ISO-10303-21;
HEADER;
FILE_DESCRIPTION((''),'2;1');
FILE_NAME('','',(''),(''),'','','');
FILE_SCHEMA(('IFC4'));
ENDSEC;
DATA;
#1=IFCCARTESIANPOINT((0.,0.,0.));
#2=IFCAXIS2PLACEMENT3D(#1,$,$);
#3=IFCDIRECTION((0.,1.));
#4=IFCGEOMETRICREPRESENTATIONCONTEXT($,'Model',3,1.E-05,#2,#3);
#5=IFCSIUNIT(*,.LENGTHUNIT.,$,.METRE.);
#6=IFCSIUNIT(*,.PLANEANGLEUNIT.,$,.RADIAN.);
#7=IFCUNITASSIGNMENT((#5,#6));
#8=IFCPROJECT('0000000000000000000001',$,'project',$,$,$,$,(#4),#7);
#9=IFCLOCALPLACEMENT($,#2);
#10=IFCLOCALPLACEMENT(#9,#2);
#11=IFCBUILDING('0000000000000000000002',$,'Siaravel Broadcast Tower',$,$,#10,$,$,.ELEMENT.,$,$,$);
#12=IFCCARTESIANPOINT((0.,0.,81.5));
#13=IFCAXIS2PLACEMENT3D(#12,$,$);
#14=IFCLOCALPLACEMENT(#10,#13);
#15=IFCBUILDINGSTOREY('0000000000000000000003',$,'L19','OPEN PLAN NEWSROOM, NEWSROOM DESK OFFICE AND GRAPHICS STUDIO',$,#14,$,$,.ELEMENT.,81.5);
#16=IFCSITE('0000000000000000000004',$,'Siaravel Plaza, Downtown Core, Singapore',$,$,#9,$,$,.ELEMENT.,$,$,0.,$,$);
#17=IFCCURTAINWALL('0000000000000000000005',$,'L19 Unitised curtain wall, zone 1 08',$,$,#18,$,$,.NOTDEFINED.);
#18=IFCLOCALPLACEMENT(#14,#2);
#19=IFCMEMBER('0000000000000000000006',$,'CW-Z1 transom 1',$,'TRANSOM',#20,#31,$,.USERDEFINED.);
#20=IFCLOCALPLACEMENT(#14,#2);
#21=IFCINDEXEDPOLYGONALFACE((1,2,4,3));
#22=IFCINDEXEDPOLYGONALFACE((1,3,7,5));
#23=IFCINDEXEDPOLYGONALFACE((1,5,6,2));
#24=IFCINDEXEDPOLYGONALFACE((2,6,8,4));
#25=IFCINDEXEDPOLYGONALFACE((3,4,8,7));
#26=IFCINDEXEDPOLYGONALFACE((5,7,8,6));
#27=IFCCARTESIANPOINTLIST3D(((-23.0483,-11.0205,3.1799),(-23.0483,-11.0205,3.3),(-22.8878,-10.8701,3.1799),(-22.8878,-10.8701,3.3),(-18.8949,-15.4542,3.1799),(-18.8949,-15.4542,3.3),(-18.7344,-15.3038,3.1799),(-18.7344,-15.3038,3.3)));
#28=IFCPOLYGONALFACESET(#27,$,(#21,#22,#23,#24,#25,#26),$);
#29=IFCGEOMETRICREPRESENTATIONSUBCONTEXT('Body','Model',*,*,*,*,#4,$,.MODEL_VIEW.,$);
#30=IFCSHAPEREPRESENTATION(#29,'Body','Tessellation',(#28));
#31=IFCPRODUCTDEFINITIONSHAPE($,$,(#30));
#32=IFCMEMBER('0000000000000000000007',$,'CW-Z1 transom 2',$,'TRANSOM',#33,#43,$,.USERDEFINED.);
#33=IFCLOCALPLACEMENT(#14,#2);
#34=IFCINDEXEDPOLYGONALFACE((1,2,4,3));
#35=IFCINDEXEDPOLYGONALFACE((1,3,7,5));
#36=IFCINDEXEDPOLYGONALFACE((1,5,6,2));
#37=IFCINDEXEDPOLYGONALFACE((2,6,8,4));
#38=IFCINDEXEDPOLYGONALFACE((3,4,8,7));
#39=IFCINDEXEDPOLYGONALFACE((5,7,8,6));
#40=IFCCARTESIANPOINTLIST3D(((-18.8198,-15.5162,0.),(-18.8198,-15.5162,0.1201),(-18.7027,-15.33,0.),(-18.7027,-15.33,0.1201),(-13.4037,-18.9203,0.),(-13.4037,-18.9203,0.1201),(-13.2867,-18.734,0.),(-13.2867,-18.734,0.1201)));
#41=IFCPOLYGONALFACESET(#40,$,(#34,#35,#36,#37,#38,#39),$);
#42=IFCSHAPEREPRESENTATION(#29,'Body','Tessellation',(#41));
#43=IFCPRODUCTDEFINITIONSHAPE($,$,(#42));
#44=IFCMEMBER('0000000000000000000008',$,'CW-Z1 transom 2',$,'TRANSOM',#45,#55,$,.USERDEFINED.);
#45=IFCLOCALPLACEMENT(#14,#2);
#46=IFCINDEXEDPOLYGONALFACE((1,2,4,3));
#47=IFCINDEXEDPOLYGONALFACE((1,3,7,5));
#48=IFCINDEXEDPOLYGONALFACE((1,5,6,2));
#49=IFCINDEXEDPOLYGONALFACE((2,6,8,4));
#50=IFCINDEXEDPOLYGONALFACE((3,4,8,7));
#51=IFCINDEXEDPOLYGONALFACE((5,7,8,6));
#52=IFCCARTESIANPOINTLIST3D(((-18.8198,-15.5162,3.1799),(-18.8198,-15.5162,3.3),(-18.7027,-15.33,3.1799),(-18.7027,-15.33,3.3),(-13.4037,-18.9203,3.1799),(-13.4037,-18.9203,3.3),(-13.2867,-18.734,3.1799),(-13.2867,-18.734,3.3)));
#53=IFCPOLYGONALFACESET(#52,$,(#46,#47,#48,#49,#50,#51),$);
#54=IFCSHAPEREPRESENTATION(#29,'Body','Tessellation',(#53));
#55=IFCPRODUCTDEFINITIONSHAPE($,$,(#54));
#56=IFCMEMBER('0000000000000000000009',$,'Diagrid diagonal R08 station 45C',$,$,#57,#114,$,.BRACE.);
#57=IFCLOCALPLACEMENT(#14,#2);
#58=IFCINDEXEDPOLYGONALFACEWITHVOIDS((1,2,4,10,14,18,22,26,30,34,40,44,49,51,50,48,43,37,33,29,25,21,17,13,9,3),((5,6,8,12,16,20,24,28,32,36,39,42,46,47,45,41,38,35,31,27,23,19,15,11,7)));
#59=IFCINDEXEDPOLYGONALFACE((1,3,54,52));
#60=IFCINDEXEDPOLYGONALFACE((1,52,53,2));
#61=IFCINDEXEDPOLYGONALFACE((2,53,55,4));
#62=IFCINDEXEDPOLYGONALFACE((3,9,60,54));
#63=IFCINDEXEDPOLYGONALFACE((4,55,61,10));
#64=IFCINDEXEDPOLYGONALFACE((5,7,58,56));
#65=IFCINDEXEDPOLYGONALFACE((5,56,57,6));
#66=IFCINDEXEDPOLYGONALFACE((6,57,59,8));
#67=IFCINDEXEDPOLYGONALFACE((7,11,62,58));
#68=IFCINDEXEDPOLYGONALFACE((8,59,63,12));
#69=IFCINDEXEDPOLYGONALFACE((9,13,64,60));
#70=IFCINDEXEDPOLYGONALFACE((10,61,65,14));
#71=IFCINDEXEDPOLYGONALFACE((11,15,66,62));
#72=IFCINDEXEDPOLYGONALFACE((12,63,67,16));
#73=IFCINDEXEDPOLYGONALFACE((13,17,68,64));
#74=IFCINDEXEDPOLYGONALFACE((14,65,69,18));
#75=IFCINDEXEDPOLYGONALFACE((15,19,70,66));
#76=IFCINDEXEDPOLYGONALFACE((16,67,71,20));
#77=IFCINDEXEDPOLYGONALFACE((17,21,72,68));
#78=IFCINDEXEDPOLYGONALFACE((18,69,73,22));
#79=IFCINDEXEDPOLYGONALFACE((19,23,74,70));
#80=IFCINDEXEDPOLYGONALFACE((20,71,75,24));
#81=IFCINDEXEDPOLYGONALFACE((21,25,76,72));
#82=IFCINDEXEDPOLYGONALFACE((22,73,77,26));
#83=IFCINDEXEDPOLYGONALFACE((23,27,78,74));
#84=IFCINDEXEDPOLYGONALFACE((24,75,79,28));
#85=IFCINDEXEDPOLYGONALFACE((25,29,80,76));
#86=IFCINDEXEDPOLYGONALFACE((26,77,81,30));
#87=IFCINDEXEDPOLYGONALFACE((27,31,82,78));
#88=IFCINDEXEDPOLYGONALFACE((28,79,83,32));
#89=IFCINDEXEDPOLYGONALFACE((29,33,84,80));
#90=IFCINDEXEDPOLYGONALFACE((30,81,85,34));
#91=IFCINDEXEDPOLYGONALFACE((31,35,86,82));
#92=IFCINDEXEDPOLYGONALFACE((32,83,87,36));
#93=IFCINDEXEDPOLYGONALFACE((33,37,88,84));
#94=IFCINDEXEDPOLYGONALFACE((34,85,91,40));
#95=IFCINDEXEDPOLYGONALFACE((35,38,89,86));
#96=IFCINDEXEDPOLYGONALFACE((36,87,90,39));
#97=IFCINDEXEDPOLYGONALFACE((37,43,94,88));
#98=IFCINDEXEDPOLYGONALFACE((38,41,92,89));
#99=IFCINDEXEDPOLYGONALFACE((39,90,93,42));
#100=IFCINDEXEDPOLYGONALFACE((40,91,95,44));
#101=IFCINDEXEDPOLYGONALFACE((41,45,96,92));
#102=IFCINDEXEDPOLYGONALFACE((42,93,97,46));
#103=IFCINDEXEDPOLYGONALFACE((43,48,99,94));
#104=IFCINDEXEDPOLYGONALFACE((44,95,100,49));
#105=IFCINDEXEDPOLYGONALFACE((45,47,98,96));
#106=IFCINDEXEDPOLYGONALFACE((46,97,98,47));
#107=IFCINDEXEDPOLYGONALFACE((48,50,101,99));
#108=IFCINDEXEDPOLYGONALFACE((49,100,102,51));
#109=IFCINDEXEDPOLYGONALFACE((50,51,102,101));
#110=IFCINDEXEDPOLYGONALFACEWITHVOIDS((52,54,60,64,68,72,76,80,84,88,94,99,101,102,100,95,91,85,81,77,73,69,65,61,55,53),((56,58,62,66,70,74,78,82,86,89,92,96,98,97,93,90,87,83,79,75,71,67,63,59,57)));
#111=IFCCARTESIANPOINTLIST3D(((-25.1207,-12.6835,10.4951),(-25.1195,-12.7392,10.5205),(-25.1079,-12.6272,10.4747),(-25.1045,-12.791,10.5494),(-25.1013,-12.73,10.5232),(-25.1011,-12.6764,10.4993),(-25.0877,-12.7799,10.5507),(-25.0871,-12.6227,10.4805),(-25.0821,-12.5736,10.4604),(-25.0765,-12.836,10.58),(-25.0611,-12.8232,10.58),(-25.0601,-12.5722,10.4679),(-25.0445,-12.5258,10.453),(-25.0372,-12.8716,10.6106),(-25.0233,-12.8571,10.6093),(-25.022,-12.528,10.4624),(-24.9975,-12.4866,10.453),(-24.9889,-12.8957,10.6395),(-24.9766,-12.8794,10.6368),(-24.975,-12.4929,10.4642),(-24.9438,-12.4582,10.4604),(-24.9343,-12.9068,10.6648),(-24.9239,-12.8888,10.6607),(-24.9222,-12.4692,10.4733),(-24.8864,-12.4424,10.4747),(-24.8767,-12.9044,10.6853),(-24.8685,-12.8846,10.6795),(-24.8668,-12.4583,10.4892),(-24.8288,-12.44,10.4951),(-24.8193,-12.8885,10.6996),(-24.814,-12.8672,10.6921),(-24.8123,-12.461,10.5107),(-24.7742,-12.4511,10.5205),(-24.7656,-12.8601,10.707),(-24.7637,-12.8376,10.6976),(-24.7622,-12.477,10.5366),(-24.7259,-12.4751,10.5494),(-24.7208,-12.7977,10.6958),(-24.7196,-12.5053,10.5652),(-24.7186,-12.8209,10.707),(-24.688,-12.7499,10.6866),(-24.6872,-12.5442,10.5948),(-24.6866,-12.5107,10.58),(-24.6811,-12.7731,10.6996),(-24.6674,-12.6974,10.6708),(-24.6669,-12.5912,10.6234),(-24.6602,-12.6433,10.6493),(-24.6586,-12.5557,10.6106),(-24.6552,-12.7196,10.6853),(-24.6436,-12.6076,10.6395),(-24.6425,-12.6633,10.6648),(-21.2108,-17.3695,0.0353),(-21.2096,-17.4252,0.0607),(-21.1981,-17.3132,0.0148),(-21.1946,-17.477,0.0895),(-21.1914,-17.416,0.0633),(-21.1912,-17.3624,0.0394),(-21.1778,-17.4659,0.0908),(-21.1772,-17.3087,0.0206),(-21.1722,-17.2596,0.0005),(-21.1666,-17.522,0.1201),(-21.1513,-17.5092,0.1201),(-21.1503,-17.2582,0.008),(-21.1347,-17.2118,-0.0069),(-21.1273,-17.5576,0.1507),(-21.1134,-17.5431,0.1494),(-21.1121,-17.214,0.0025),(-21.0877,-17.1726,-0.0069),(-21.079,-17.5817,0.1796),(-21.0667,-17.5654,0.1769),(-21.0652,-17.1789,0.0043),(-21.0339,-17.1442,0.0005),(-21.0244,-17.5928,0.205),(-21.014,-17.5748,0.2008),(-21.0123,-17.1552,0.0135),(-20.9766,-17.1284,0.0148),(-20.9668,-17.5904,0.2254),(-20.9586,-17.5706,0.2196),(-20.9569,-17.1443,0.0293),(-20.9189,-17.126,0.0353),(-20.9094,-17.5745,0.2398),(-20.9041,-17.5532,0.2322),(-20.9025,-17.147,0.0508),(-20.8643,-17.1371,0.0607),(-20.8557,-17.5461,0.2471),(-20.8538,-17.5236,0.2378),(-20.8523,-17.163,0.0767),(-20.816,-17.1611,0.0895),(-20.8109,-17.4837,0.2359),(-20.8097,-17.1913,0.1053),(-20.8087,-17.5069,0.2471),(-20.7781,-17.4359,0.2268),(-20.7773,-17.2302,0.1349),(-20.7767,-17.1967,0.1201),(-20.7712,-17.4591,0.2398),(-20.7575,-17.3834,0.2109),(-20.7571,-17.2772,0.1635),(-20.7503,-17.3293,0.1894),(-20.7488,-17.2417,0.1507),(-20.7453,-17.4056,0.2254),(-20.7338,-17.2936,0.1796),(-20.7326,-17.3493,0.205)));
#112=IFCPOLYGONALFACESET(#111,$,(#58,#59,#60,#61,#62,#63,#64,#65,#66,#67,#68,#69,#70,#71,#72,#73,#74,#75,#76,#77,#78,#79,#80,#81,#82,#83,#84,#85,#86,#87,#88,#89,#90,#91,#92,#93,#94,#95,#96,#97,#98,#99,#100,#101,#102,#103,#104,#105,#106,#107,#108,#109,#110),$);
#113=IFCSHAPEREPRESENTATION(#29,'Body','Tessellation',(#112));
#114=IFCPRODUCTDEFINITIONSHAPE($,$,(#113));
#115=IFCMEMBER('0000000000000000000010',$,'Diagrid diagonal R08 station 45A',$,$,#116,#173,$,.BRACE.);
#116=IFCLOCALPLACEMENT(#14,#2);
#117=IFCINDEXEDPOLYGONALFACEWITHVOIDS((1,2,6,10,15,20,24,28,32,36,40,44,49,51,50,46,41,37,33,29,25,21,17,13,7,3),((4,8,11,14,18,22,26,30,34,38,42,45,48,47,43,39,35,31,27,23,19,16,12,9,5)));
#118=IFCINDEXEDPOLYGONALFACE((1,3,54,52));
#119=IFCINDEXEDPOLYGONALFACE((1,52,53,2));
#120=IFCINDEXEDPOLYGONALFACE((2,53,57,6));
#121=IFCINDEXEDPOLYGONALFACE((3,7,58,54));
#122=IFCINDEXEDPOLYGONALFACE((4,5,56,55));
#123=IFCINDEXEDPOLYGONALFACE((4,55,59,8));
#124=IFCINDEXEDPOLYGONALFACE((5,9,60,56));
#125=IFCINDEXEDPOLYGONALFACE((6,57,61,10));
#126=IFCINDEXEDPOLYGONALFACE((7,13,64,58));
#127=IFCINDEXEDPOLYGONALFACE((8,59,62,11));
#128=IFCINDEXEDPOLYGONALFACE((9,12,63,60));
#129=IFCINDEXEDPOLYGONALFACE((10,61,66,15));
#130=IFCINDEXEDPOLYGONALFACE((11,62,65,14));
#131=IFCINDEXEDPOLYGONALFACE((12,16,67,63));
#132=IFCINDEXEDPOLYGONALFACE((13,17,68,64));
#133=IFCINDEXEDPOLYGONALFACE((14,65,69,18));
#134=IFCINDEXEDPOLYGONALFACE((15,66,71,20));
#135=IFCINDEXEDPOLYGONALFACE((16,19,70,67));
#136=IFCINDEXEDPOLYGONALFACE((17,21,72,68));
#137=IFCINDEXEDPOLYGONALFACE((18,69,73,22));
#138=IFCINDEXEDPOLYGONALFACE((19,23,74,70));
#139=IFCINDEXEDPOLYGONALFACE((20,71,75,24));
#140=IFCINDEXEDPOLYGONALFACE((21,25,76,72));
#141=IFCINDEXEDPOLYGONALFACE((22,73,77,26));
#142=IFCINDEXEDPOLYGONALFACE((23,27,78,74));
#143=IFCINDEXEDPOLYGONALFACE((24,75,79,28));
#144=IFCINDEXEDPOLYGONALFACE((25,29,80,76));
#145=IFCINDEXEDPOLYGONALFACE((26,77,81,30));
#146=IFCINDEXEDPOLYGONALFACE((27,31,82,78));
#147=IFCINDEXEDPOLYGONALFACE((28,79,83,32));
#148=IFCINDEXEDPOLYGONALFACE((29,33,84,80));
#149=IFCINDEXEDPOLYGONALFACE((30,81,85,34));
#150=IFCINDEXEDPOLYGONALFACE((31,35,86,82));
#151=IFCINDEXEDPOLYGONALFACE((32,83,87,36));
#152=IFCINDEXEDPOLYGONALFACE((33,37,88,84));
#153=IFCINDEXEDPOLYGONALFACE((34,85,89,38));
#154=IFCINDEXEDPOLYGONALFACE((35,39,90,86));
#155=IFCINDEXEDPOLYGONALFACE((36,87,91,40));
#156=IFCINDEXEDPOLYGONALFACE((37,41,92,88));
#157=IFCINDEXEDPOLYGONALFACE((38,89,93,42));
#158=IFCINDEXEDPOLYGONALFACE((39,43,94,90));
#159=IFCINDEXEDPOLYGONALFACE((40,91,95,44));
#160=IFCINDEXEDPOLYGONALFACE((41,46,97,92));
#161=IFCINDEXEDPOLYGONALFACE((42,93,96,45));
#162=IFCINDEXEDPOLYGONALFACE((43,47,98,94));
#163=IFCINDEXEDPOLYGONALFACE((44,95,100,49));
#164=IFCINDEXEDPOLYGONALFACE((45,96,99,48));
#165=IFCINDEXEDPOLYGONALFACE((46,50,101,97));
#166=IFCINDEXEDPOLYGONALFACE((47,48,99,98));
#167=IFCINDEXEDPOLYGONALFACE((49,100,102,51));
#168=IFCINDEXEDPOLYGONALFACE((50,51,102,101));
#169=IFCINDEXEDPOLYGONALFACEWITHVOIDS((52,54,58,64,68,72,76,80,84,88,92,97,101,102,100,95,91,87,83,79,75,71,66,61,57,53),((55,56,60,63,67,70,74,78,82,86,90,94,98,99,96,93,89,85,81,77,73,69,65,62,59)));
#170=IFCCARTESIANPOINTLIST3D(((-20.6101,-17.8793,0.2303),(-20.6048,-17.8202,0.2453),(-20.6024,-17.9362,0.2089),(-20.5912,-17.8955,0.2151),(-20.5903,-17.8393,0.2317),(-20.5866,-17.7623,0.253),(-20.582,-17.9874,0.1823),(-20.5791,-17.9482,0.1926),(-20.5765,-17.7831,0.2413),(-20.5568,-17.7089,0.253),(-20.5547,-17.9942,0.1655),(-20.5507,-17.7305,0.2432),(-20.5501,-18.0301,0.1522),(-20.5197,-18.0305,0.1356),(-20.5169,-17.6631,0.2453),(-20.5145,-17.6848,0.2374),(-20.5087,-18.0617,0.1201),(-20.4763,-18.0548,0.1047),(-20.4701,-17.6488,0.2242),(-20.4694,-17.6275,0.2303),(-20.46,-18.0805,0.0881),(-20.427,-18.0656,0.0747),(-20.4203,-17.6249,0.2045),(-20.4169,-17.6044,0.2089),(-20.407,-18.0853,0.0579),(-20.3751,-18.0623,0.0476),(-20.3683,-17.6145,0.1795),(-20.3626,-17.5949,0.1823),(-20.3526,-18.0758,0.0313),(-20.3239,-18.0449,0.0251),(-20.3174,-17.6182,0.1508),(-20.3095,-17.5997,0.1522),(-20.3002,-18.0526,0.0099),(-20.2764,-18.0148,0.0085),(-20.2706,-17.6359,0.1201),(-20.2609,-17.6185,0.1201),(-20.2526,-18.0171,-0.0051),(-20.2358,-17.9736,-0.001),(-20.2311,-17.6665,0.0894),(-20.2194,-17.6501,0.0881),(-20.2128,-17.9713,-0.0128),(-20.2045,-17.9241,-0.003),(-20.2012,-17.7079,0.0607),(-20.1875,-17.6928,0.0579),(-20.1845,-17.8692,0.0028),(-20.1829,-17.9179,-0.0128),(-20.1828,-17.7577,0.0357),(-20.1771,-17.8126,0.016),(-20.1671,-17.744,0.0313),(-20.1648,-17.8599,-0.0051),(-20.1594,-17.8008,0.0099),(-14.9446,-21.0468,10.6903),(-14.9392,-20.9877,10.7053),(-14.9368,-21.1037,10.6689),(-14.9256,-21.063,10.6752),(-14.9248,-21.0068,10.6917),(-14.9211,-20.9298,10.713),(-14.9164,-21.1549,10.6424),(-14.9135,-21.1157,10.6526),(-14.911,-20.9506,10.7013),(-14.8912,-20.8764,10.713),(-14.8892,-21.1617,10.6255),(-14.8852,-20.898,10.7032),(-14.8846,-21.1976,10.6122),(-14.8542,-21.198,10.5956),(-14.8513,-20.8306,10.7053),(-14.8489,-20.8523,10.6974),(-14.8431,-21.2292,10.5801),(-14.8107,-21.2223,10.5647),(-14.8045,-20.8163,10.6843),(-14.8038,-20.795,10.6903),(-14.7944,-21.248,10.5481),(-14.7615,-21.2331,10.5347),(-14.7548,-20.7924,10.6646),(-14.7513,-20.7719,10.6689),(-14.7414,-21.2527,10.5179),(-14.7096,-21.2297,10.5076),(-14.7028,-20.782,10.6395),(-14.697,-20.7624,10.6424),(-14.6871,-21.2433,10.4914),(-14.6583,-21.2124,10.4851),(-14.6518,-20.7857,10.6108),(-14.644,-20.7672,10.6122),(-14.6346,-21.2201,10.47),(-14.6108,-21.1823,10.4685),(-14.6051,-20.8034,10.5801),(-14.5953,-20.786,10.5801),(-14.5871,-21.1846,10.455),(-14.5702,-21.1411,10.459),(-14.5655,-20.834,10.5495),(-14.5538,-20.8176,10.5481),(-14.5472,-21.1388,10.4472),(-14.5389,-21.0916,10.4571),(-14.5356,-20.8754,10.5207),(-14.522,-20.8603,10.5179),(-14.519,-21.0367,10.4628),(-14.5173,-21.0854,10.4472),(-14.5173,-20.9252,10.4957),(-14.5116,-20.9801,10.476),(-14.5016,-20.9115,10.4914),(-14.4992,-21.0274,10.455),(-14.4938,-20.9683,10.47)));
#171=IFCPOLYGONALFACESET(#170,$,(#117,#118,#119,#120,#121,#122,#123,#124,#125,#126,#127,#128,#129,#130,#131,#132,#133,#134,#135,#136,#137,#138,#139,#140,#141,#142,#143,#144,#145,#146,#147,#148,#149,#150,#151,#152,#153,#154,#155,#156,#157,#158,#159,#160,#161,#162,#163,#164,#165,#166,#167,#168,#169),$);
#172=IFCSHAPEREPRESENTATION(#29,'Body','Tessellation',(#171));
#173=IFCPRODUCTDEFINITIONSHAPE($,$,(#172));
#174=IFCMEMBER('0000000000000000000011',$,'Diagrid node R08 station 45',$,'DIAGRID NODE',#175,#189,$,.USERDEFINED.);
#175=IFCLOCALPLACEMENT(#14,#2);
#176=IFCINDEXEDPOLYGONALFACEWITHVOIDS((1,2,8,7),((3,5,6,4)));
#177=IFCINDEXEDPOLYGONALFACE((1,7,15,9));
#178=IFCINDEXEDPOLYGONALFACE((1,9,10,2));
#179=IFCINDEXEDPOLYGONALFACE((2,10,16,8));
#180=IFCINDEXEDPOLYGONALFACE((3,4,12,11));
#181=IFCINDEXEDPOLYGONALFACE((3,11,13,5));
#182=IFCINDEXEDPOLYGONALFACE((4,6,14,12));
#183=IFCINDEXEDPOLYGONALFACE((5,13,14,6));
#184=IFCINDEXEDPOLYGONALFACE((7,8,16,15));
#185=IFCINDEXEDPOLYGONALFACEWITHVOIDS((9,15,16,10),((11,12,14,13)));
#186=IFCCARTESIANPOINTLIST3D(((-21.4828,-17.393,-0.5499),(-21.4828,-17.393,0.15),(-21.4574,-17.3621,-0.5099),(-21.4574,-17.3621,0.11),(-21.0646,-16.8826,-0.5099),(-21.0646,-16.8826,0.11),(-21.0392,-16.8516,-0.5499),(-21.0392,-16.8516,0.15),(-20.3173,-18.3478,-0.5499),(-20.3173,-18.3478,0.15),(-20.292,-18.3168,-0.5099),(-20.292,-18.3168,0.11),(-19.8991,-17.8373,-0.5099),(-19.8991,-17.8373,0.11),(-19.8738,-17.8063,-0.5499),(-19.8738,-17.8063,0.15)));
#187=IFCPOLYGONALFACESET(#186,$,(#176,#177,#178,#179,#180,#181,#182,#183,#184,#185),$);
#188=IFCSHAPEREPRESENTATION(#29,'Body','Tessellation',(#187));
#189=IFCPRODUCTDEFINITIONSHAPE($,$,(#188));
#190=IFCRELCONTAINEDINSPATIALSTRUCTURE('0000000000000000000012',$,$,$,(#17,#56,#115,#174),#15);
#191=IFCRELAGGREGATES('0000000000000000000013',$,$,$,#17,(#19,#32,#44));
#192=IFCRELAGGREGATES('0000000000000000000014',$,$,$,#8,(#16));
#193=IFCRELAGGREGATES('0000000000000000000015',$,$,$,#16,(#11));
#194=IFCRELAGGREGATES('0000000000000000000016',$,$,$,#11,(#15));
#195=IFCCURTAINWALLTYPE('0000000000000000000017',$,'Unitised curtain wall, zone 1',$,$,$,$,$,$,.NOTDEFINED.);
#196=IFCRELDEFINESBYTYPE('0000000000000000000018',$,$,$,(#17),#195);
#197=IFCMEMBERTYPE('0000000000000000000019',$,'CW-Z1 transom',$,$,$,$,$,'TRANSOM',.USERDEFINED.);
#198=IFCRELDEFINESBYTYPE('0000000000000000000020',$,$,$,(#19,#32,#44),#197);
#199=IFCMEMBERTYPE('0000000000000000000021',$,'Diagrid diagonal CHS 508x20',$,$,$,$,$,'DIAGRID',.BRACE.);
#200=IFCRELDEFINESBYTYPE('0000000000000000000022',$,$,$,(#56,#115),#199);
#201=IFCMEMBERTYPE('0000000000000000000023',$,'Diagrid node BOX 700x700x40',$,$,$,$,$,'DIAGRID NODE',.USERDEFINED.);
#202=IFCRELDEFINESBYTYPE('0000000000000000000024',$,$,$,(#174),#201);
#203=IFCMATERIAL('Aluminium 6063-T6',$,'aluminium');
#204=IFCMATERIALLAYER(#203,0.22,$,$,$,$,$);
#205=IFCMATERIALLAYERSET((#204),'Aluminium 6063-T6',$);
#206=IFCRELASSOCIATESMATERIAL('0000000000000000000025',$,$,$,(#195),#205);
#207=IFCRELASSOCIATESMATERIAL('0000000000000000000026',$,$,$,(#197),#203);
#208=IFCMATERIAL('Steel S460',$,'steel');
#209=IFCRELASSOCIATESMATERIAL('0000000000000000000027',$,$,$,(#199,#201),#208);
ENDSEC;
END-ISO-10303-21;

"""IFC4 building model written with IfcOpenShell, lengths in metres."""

from ifc_helpers import new_model, si_unit, direction, frame, origin, origin_2d, place, context, subcontext, project, spatial, rectangle, hollow_rectangle, hollow_circle, extrude, material, layer, layer_set, material_profile, profile_set, type_object, element, aggregate, save


model = new_model("IFC4")

# Units and contexts
model_context = context("Model", 3, precision=1e-05, world=origin(), true_north=direction((0.0, 1.0)))
body_context = subcontext(model_context, "Body", "Model", "MODEL_VIEW")
ifc_project = project(units=[si_unit("LENGTHUNIT", "METRE"), si_unit("PLANEANGLEUNIT", "RADIAN")], contexts=[model_context])

# Site, building, storey
site_placement = place(None, origin())
site = spatial("IfcSite", under=ifc_project, at=site_placement, Name="Siaravel Plaza, Downtown Core, Singapore", CompositionType="ELEMENT", RefElevation=0.0)
building_placement = place(site_placement, origin())
building = spatial("IfcBuilding", under=site, at=building_placement, Name="Siaravel Broadcast Tower", CompositionType="ELEMENT")
storey_placement = place(building_placement, frame((0.0, 0.0, 81.5)))
storey = spatial("IfcBuildingStorey", under=building, at=storey_placement, Name="L19", Description="OPEN PLAN NEWSROOM, NEWSROOM DESK OFFICE AND GRAPHICS STUDIO", CompositionType="ELEMENT", Elevation=81.5)

# Curtain wall, members
ifc_material_1 = material(Name="Aluminium 6063-T6", Category="aluminium")
ifc_layer_1 = layer(ifc_material_1, 0.22)
ifc_layer_set_1 = layer_set([ifc_layer_1], Name="Aluminium 6063-T6")
curtain_wall_type = type_object("IfcCurtainWallType", Name="Unitised curtain wall, zone 1", PredefinedType="NOTDEFINED", material=ifc_layer_set_1)
curtain_wall_placement = place(storey_placement, origin())
curtain_wall = element("IfcCurtainWall", 1, at=curtain_wall_placement, inside=storey, type_object=curtain_wall_type, Name="L19 Unitised curtain wall, zone 1 08", PredefinedType="NOTDEFINED")
ifc_material_profile_1 = material_profile(ifc_material_1, rectangle(XDim=0.22, YDim=0.1201, at=origin_2d()))
ifc_profile_set_1 = profile_set([ifc_material_profile_1], Name="Aluminium 6063-T6")
member_type_1 = type_object("IfcMemberType", Name="CW-Z1 transom", ElementType="TRANSOM", PredefinedType="USERDEFINED", material=ifc_profile_set_1)
member_1_placement = place(storey_placement, frame((-22.968, -10.9453, 3.24), z_axis=(0.683663, -0.729798, 0.0), x_axis=(0.729798, 0.683663, 0.0)))
member_1 = element("IfcMember", 2, at=member_1_placement, type_object=member_type_1, Name="CW-Z1 transom 1", ObjectType="TRANSOM", PredefinedType="USERDEFINED", context=body_context, shape_type="SweptSolid", body=[
    extrude(rectangle(XDim=0.22, YDim=0.1201, at=origin_2d()), origin(), (0.0, 0.0, 1.0), 6.0752),
])
member_2_placement = place(storey_placement, frame((-18.7612, -15.4231, 0.0601), z_axis=(0.846658, -0.532138, 0.0), x_axis=(0.532138, 0.846658, 0.0)))
member_2 = element("IfcMember", 3, at=member_2_placement, type_object=member_type_1, Name="CW-Z1 transom 2", ObjectType="TRANSOM", PredefinedType="USERDEFINED", context=body_context, shape_type="SweptSolid", body=[
    extrude(rectangle(XDim=0.22, YDim=0.1201, at=origin_2d()), origin(), (0.0, 0.0, 1.0), 6.397),
])
member_3_placement = place(storey_placement, frame((-18.7612, -15.4231, 3.24), z_axis=(0.846658, -0.532138, 0.0), x_axis=(0.532138, 0.846658, 0.0)))
member_3 = element("IfcMember", 4, at=member_3_placement, type_object=member_type_1, Name="CW-Z1 transom 2", ObjectType="TRANSOM", PredefinedType="USERDEFINED", context=body_context, shape_type="SweptSolid", body=[
    extrude(rectangle(XDim=0.22, YDim=0.1201, at=origin_2d()), origin(), (0.0, 0.0, 1.0), 6.397),
])

# Members
ifc_material_2 = material(Name="Steel S460", Category="steel")
ifc_material_profile_2 = material_profile(ifc_material_2, hollow_circle(Radius=0.2539, WallThickness=0.02, at=origin_2d()))
ifc_profile_set_2 = profile_set([ifc_material_profile_2], Name="Steel S460")
member_type_2 = type_object("IfcMemberType", Name="Diagrid diagonal CHS 508x20", ElementType="DIAGRID", PredefinedType="BRACE", material=ifc_profile_set_2)
member_4_placement = place(storey_placement, frame((-20.9717, -17.3594, 0.1201), z_axis=(-0.322861, 0.386949, 0.863731), x_axis=(-0.767828, -0.640656, 0.0)))
element("IfcMember", 5, at=member_4_placement, inside=storey, type_object=member_type_2, Name="Diagrid diagonal R08 station 45C", PredefinedType="BRACE", context=body_context, shape_type="SweptSolid", body=[
    extrude(hollow_circle(Radius=0.2539, WallThickness=0.02, at=origin_2d()), origin(), (0.0, 0.0, 1.0), 12.1101),
])
member_5_placement = place(storey_placement, frame((-20.3848, -17.8401, 0.1201), z_axis=(0.460229, -0.257305, 0.849696), x_axis=(0.487992, 0.872848, 0.0)))
element("IfcMember", 6, at=member_5_placement, inside=storey, type_object=member_type_2, Name="Diagrid diagonal R08 station 45A", PredefinedType="BRACE", context=body_context, shape_type="SweptSolid", body=[
    extrude(hollow_circle(Radius=0.2539, WallThickness=0.02, at=origin_2d()), origin(), (0.0, 0.0, 1.0), 12.3103),
])
ifc_material_profile_3 = material_profile(ifc_material_2, hollow_rectangle(XDim=0.7, YDim=0.7, WallThickness=0.04, at=origin_2d()))
ifc_profile_set_3 = profile_set([ifc_material_profile_3], Name="Steel S460")
member_type_3 = type_object("IfcMemberType", Name="Diagrid node BOX 700x700x40", ElementType="DIAGRID NODE", PredefinedType="USERDEFINED", material=ifc_profile_set_3)
member_6_placement = place(storey_placement, frame((-21.261, -17.1223, -0.2), z_axis=(0.77356, -0.633723, 0.0), x_axis=(0.633723, 0.77356, 0.0)))
element("IfcMember", 7, at=member_6_placement, inside=storey, type_object=member_type_3, Name="Diagrid node R08 station 45", ObjectType="DIAGRID NODE", PredefinedType="USERDEFINED", context=body_context, shape_type="SweptSolid", body=[
    extrude(hollow_rectangle(XDim=0.7, YDim=0.7, WallThickness=0.04, at=origin_2d()), origin(), (0.0, 0.0, 1.0), 1.5066),
])

aggregate(curtain_wall, [member_1, member_2, member_3])

save(model, "model.ifc")
